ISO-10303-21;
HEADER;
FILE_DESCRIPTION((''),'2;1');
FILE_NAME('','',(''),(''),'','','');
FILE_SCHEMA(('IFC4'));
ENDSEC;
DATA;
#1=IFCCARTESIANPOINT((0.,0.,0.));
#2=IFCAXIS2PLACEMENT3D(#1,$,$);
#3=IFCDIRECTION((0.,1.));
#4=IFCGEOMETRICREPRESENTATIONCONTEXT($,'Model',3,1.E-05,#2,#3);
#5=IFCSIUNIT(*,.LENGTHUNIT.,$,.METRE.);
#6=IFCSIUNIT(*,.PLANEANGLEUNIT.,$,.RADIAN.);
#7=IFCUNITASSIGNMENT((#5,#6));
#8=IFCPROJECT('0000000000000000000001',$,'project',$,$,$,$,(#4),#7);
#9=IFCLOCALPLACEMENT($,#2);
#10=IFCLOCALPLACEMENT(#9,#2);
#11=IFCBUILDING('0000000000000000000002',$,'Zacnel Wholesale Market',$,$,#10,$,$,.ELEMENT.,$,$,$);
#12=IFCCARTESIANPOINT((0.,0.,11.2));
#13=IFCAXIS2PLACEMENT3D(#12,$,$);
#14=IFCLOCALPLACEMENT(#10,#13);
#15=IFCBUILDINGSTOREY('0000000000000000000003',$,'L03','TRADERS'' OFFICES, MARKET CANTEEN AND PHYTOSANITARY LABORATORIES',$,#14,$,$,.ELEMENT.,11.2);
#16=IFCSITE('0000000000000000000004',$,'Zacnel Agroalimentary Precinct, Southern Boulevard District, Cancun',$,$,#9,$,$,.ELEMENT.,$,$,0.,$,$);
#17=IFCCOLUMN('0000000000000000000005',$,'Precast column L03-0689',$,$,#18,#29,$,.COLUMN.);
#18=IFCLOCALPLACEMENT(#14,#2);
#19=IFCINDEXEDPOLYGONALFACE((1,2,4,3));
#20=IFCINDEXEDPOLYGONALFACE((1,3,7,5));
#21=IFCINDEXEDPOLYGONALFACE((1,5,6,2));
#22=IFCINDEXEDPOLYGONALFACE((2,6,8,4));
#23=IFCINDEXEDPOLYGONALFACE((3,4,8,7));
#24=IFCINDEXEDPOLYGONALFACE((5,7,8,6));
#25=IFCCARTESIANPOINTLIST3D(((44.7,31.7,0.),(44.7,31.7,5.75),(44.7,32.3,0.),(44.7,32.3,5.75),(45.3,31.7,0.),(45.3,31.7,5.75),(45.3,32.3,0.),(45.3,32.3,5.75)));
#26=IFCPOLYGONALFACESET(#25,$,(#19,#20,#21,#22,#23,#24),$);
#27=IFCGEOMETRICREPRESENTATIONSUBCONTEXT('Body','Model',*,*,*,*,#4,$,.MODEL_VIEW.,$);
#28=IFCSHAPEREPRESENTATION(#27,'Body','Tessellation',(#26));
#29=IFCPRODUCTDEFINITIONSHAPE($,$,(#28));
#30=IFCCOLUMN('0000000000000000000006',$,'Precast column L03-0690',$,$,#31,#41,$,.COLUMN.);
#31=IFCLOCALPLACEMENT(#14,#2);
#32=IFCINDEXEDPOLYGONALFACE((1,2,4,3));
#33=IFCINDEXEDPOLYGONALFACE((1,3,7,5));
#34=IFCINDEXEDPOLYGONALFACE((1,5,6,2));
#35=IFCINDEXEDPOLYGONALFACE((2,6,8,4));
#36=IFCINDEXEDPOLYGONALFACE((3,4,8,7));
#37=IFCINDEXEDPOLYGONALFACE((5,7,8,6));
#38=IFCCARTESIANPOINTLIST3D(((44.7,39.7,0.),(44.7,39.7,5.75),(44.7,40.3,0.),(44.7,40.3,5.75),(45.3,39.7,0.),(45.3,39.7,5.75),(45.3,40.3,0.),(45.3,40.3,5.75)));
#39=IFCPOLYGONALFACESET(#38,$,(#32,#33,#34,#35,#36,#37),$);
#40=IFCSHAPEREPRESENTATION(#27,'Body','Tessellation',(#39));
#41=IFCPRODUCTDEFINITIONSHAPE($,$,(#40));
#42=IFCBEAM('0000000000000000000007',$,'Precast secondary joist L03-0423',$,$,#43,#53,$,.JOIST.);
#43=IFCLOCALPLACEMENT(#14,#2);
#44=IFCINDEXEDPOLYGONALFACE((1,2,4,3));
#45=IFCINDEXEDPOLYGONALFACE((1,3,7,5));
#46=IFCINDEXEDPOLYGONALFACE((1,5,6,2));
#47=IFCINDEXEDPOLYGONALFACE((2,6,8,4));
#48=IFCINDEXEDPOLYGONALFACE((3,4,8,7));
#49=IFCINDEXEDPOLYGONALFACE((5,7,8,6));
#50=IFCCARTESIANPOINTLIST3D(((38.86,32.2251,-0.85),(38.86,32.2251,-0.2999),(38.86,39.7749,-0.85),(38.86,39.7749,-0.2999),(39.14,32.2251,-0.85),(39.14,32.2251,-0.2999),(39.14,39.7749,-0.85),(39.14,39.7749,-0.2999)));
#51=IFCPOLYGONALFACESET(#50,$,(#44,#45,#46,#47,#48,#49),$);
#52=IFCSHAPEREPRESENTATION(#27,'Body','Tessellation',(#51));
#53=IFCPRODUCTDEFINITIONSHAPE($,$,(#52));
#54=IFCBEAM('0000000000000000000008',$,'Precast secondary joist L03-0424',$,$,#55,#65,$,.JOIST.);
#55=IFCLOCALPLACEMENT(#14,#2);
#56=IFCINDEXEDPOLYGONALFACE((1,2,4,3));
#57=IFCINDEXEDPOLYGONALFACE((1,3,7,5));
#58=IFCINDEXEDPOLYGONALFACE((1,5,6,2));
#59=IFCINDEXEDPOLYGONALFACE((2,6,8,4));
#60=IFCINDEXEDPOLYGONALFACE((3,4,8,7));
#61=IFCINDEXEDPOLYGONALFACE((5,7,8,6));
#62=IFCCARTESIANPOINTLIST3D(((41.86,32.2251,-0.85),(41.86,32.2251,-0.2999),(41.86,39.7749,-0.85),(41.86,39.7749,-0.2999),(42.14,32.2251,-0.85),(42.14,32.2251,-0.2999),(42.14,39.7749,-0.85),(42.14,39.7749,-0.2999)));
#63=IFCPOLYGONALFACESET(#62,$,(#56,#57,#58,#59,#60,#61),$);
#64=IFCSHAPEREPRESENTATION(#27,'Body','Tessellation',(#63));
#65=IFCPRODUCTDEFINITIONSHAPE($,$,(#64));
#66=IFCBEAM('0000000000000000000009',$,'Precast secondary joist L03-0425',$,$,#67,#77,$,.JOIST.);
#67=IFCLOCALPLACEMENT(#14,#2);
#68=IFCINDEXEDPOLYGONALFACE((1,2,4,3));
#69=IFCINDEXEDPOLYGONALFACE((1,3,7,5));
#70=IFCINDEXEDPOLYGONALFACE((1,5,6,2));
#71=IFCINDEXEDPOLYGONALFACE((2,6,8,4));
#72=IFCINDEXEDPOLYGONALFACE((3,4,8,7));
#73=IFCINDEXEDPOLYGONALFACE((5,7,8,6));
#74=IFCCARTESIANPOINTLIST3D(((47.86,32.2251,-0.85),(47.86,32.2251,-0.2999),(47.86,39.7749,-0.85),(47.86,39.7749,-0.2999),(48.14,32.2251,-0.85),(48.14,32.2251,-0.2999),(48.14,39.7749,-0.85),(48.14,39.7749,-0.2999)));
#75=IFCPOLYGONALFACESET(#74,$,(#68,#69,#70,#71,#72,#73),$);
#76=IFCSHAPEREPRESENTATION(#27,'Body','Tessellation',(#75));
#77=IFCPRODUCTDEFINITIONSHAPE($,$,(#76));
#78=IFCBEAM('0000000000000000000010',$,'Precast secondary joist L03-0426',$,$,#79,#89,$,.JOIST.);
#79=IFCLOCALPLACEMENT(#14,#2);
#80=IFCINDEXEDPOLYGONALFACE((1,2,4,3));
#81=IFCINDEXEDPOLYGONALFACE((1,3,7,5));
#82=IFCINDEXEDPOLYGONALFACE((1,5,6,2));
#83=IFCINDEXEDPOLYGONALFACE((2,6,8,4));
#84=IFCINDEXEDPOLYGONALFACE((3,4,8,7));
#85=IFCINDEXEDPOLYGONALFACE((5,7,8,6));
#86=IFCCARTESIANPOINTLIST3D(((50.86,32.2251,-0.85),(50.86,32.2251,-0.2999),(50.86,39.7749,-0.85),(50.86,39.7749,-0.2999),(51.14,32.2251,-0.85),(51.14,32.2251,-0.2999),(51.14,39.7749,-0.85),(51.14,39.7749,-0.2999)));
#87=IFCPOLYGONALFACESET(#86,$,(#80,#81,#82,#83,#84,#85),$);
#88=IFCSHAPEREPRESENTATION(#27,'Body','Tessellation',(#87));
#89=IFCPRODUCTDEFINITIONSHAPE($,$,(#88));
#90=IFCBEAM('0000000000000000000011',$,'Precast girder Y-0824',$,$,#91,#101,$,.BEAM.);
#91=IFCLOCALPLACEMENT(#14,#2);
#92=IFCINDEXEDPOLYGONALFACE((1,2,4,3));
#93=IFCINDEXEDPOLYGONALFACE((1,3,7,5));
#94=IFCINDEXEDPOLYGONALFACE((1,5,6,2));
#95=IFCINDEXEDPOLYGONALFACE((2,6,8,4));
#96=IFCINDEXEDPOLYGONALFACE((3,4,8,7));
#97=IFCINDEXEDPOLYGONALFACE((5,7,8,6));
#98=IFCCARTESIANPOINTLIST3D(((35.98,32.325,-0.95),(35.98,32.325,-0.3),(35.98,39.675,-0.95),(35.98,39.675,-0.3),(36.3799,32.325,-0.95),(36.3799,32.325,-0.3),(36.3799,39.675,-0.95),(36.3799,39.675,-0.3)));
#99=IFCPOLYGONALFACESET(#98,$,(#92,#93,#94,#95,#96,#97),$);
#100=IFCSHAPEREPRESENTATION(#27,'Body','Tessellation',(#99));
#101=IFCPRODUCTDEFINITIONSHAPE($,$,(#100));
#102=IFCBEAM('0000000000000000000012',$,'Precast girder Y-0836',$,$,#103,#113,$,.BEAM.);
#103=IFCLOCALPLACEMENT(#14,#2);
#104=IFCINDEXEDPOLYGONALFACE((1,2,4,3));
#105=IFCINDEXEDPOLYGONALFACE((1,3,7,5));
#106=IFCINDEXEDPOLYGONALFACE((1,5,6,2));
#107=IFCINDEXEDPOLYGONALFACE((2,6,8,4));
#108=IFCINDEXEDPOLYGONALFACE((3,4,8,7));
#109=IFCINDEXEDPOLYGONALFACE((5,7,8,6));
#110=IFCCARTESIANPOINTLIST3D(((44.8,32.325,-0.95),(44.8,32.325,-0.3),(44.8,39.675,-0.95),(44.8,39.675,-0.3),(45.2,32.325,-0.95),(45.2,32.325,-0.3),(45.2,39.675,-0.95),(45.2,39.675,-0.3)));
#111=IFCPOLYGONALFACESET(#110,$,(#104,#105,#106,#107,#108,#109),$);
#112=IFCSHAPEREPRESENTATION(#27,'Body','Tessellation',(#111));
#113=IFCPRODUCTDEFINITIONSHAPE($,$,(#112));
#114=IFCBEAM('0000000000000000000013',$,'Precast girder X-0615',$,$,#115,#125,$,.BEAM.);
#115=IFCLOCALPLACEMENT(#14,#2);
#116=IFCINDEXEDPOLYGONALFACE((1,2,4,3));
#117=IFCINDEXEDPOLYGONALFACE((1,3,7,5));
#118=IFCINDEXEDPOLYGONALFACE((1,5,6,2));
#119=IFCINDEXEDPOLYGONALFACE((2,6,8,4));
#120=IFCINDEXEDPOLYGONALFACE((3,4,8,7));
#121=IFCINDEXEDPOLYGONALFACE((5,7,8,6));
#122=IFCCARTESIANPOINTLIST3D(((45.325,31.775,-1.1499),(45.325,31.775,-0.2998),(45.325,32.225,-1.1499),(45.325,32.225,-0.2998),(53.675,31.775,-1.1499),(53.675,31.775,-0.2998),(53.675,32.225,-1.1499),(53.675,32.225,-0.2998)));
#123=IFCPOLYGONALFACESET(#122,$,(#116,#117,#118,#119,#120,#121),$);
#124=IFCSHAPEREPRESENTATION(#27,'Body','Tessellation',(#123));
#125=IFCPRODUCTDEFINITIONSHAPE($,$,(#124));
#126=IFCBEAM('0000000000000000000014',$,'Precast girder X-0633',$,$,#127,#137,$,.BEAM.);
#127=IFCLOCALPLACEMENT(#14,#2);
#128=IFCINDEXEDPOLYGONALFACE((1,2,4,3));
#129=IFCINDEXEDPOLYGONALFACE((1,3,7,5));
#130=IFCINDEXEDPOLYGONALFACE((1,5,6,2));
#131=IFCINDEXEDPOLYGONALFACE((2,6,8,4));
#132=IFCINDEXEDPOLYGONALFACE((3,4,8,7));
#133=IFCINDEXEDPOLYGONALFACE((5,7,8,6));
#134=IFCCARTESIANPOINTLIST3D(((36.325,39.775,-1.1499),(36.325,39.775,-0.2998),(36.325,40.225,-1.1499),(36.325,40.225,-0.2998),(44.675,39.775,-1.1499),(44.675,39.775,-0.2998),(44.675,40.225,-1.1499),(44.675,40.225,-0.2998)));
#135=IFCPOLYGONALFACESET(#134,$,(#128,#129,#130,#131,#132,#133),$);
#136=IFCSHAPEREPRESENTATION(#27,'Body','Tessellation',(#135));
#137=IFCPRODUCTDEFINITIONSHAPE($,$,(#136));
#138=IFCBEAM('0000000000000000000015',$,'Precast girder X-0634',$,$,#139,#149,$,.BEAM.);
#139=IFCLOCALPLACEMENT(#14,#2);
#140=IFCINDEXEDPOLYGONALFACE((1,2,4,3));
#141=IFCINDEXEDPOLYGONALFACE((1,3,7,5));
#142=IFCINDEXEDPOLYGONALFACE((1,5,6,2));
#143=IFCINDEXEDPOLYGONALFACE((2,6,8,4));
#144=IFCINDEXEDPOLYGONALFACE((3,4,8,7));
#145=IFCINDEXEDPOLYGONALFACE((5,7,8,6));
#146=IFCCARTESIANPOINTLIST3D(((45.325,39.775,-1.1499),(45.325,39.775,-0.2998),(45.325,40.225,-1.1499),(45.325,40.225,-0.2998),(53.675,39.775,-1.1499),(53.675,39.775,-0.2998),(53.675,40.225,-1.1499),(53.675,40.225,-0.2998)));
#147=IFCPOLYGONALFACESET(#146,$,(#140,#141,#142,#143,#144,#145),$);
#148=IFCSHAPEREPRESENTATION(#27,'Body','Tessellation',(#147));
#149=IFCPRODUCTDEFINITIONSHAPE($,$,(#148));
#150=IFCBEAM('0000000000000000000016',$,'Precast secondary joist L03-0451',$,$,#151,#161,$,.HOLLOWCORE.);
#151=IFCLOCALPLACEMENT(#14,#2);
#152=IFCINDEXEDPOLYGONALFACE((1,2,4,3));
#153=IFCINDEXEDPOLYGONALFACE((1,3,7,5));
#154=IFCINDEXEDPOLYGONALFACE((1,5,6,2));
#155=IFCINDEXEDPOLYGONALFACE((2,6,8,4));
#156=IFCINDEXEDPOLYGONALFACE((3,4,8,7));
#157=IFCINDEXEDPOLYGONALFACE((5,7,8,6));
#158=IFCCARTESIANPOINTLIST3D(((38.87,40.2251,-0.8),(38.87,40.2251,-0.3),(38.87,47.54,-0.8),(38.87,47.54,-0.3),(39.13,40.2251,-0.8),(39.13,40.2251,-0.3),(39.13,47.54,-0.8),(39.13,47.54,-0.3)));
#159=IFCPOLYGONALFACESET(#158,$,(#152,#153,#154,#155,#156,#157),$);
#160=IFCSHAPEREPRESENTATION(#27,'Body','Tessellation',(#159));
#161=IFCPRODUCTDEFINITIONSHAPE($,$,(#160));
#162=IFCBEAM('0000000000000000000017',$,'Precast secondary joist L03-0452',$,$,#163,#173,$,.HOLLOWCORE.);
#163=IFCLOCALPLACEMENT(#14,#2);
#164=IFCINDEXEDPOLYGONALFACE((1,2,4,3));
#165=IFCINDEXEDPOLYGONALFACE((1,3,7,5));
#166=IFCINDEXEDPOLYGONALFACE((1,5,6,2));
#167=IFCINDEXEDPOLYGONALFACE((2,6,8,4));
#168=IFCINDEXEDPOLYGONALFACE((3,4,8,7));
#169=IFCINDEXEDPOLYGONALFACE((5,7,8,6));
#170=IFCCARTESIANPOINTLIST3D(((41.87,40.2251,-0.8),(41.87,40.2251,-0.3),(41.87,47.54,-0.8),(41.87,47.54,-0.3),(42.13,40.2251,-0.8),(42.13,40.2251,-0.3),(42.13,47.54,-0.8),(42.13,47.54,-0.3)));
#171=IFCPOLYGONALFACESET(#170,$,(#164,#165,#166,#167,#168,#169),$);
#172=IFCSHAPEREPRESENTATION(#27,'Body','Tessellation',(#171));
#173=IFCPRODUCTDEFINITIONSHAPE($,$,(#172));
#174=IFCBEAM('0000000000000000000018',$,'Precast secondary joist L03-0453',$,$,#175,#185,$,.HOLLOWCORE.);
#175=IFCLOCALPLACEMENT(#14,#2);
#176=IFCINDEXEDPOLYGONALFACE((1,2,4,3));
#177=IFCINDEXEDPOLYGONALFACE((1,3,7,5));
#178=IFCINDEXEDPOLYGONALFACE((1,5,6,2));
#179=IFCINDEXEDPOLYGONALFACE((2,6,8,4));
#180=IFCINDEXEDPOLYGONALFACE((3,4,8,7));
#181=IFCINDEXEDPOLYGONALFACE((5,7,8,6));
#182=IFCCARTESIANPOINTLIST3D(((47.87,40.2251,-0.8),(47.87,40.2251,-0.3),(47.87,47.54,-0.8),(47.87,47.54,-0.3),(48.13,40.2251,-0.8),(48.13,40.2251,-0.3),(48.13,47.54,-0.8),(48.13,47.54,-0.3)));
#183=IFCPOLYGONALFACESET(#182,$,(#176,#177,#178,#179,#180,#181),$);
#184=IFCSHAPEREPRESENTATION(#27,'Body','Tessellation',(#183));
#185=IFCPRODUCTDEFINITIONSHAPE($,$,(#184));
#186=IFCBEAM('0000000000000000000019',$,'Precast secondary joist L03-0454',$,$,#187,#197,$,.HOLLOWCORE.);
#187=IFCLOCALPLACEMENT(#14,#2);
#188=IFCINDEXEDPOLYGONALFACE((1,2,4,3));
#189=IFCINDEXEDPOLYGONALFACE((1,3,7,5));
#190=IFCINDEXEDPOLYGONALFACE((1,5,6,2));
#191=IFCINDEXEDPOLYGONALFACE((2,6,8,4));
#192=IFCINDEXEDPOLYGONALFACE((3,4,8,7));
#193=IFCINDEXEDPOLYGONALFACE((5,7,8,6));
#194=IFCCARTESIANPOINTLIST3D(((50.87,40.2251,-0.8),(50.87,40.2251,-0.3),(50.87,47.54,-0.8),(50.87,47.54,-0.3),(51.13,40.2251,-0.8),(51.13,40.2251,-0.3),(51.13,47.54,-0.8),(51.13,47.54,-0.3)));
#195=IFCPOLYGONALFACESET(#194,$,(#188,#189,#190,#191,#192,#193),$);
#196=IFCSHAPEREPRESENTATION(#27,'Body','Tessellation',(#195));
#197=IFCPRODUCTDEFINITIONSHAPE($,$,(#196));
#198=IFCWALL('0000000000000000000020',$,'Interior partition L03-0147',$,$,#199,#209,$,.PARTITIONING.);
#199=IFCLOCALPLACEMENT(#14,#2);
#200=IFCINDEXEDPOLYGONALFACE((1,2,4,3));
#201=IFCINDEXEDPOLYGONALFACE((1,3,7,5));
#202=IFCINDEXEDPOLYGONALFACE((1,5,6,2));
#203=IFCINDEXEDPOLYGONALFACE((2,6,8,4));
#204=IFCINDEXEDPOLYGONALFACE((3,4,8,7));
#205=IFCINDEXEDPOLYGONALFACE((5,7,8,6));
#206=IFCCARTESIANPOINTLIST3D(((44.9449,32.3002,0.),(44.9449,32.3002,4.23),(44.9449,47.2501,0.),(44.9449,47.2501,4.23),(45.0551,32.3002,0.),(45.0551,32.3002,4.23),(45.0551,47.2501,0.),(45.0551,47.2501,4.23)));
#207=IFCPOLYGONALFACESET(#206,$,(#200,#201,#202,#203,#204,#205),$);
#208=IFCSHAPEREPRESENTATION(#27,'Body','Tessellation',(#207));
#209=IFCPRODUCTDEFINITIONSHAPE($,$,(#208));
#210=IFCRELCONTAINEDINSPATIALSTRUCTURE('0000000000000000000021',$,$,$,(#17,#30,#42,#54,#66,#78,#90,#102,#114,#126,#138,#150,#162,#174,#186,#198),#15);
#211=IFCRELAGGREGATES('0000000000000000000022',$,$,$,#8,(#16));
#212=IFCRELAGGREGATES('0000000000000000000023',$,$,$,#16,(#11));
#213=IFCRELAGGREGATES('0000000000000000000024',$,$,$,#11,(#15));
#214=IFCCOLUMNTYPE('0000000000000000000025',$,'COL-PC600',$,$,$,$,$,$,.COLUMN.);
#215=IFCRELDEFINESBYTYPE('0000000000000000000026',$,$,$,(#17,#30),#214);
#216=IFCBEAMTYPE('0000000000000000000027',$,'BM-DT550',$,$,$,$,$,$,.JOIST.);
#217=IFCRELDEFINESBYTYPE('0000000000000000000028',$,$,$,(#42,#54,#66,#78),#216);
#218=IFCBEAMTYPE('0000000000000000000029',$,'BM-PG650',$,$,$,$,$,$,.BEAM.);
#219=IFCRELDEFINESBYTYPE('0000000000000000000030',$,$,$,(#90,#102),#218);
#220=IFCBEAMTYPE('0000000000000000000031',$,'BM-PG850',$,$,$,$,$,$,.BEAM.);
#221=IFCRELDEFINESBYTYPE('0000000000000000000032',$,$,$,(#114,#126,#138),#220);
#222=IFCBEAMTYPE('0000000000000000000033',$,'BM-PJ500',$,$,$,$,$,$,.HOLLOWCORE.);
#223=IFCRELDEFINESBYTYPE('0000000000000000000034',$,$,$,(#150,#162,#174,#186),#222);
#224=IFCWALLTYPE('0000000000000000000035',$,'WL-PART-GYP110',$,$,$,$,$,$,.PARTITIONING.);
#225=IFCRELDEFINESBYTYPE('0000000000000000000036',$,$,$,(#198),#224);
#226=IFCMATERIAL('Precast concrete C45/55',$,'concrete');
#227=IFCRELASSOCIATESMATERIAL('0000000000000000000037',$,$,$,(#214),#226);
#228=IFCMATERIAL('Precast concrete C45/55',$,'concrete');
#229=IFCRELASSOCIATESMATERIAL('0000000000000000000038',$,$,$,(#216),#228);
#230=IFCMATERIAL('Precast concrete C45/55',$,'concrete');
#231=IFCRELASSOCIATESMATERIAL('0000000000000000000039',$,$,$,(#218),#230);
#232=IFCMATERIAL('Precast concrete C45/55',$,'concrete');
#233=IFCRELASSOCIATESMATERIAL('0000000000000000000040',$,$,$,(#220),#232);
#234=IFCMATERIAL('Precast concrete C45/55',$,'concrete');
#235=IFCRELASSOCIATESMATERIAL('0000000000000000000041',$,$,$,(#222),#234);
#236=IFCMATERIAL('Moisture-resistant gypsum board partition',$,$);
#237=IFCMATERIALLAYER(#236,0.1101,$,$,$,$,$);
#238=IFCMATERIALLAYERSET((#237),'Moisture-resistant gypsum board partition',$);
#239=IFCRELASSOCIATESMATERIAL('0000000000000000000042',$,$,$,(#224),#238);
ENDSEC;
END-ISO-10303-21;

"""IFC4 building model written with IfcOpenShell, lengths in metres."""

from ifc_helpers import new_model, si_unit, direction, frame, frame_2d, origin, origin_2d, place, context, subcontext, project, spatial, rectangle, extrude, material, layer, layer_set, material_profile, profile_set, type_object, element, save


model = new_model("IFC4")

# Units and contexts
model_context = context("Model", 3, precision=1e-05, world=origin(), true_north=direction((0.0, 1.0)))
body_context = subcontext(model_context, "Body", "Model", "MODEL_VIEW")
ifc_project = project(units=[si_unit("LENGTHUNIT", "METRE"), si_unit("PLANEANGLEUNIT", "RADIAN")], contexts=[model_context])

# Site, building, storey
site_placement = place(None, origin())
site = spatial("IfcSite", under=ifc_project, at=site_placement, Name="Zacnel Agroalimentary Precinct, Southern Boulevard District, Cancun", CompositionType="ELEMENT", RefElevation=0.0)
building_placement = place(site_placement, origin())
building = spatial("IfcBuilding", under=site, at=building_placement, Name="Zacnel Wholesale Market", CompositionType="ELEMENT")
storey_placement = place(building_placement, frame((0.0, 0.0, 11.2)))
storey = spatial("IfcBuildingStorey", under=building, at=storey_placement, Name="L03", Description="TRADERS' OFFICES, MARKET CANTEEN AND PHYTOSANITARY LABORATORIES", CompositionType="ELEMENT", Elevation=11.2)

# Columns
ifc_material_1 = material(Name="Precast concrete C45/55", Category="concrete")
ifc_material_profile_1 = material_profile(ifc_material_1, rectangle(XDim=0.6001, YDim=0.6001, at=origin_2d()), Name="PC 600x600")
ifc_profile_set_1 = profile_set([ifc_material_profile_1], Name="Precast concrete C45/55")
column_type = type_object("IfcColumnType", Name="COL-PC600", PredefinedType="COLUMN", material=ifc_profile_set_1)
for number, where, z_axis, x_axis, name in (
    (1, (45.0, 32.0, 0.0), (0.0, 0.0, 1.0), (1.0, 0.0, 0.0), "Precast column L03-0689"),
    (2, (45.0, 40.0, 0.0), (0.0, 0.0, 1.0), (1.0, 0.0, 0.0), "Precast column L03-0690"),
):
    element("IfcColumn", number, at=place(storey_placement, frame(where, z_axis=z_axis, x_axis=x_axis)), inside=storey, type_object=column_type, Name=name, PredefinedType="COLUMN", context=body_context, shape_type="SweptSolid", body=[
        extrude(rectangle(XDim=0.6001, YDim=0.6001, at=origin_2d()), origin(), (0.0, 0.0, 1.0), 5.75),
    ])

# Beams
ifc_material_2 = material(Name="Precast concrete C45/55", Category="concrete")
ifc_material_profile_2 = material_profile(ifc_material_2, rectangle(XDim=0.28, YDim=0.55, at=origin_2d()), Name="DT RIB 280x550")
ifc_profile_set_2 = profile_set([ifc_material_profile_2], Name="Precast concrete C45/55")
beam_type_1 = type_object("IfcBeamType", Name="BM-DT550", PredefinedType="JOIST", material=ifc_profile_set_2)
for number, where, z_axis, x_axis, name in (
    (3, (39.0, 32.2251, -0.575), (0.0, 1.0, 0.0), (-1.0, 0.0, 0.0), "Precast secondary joist L03-0423"),
    (4, (42.0, 32.2251, -0.575), (0.0, 1.0, 0.0), (-1.0, 0.0, 0.0), "Precast secondary joist L03-0424"),
    (5, (48.0, 32.2251, -0.575), (0.0, 1.0, 0.0), (-1.0, 0.0, 0.0), "Precast secondary joist L03-0425"),
    (6, (51.0, 32.2251, -0.575), (0.0, 1.0, 0.0), (-1.0, 0.0, 0.0), "Precast secondary joist L03-0426"),
):
    element("IfcBeam", number, at=place(storey_placement, frame(where, z_axis=z_axis, x_axis=x_axis)), inside=storey, type_object=beam_type_1, Name=name, PredefinedType="JOIST", context=body_context, shape_type="SweptSolid", body=[
        extrude(rectangle(XDim=0.28, YDim=0.55, at=origin_2d()), origin(), (0.0, 0.0, 1.0), 7.5498),
    ])
ifc_material_3 = material(Name="Precast concrete C45/55", Category="concrete")
ifc_material_profile_3 = material_profile(ifc_material_3, rectangle(XDim=0.3999, YDim=0.6499, at=origin_2d()), Name="PG 400x650")
ifc_profile_set_3 = profile_set([ifc_material_profile_3], Name="Precast concrete C45/55")
beam_type_2 = type_object("IfcBeamType", Name="BM-PG650", PredefinedType="BEAM", material=ifc_profile_set_3)
for number, where, z_axis, x_axis, name in (
    (7, (36.1799, 32.325, -0.625), (0.0, 1.0, 0.0), (-1.0, 0.0, 0.0), "Precast girder Y-0824"),
    (8, (45.0, 32.325, -0.625), (0.0, 1.0, 0.0), (-1.0, 0.0, 0.0), "Precast girder Y-0836"),
):
    element("IfcBeam", number, at=place(storey_placement, frame(where, z_axis=z_axis, x_axis=x_axis)), inside=storey, type_object=beam_type_2, Name=name, PredefinedType="BEAM", context=body_context, shape_type="SweptSolid", body=[
        extrude(rectangle(XDim=0.3999, YDim=0.6499, at=origin_2d()), origin(), (0.0, 0.0, 1.0), 7.3501),
    ])
ifc_material_4 = material(Name="Precast concrete C45/55", Category="concrete")
ifc_material_profile_4 = material_profile(ifc_material_4, rectangle(XDim=0.45, YDim=0.8501, at=origin_2d()), Name="PG 450x850")
ifc_profile_set_4 = profile_set([ifc_material_profile_4], Name="Precast concrete C45/55")
beam_type_3 = type_object("IfcBeamType", Name="BM-PG850", PredefinedType="BEAM", material=ifc_profile_set_4)
for number, where, z_axis, x_axis, name in (
    (9, (45.325, 32.0, -0.7249), (1.0, 0.0, 0.0), (0.0, 1.0, 0.0), "Precast girder X-0615"),
    (10, (36.325, 40.0, -0.7249), (1.0, 0.0, 0.0), (0.0, 1.0, 0.0), "Precast girder X-0633"),
    (11, (45.325, 40.0, -0.7249), (1.0, 0.0, 0.0), (0.0, 1.0, 0.0), "Precast girder X-0634"),
):
    element("IfcBeam", number, at=place(storey_placement, frame(where, z_axis=z_axis, x_axis=x_axis)), inside=storey, type_object=beam_type_3, Name=name, PredefinedType="BEAM", context=body_context, shape_type="SweptSolid", body=[
        extrude(rectangle(XDim=0.45, YDim=0.8501, at=origin_2d()), origin(), (0.0, 0.0, 1.0), 8.3501),
    ])
ifc_material_5 = material(Name="Precast concrete C45/55", Category="concrete")
ifc_material_profile_5 = material_profile(ifc_material_5, rectangle(XDim=0.26, YDim=0.5, at=origin_2d()), Name="PJ 260x500")
ifc_profile_set_5 = profile_set([ifc_material_profile_5], Name="Precast concrete C45/55")
beam_type_4 = type_object("IfcBeamType", Name="BM-PJ500", PredefinedType="HOLLOWCORE", material=ifc_profile_set_5)
for number, where, z_axis, x_axis, name in (
    (12, (39.0, 40.2251, -0.55), (0.0, 1.0, 0.0), (-1.0, 0.0, 0.0), "Precast secondary joist L03-0451"),
    (13, (42.0, 40.2251, -0.55), (0.0, 1.0, 0.0), (-1.0, 0.0, 0.0), "Precast secondary joist L03-0452"),
    (14, (48.0, 40.2251, -0.55), (0.0, 1.0, 0.0), (-1.0, 0.0, 0.0), "Precast secondary joist L03-0453"),
    (15, (51.0, 40.2251, -0.55), (0.0, 1.0, 0.0), (-1.0, 0.0, 0.0), "Precast secondary joist L03-0454"),
):
    element("IfcBeam", number, at=place(storey_placement, frame(where, z_axis=z_axis, x_axis=x_axis)), inside=storey, type_object=beam_type_4, Name=name, PredefinedType="HOLLOWCORE", context=body_context, shape_type="SweptSolid", body=[
        extrude(rectangle(XDim=0.26, YDim=0.5, at=origin_2d()), origin(), (0.0, 0.0, 1.0), 7.3149),
    ])

# Wall
ifc_material_6 = material(Name="Moisture-resistant gypsum board partition")
ifc_layer_1 = layer(ifc_material_6, 0.1101)
ifc_layer_set_1 = layer_set([ifc_layer_1], Name="Moisture-resistant gypsum board partition")
wall_type_1 = type_object("IfcWallType", Name="WL-PART-GYP110", PredefinedType="PARTITIONING", material=ifc_layer_set_1)
wall_1_placement = place(storey_placement, frame((45.0, 32.3, 0.0), z_axis=(0.0, 0.0, 1.0), x_axis=(0.0, 1.0, 0.0)))
element("IfcWall", 16, at=wall_1_placement, inside=storey, type_object=wall_type_1, Name="Interior partition L03-0147", PredefinedType="PARTITIONING", context=body_context, shape_type="SweptSolid", body=[
    extrude(rectangle(XDim=14.95, YDim=0.1101, at=frame_2d((7.4751, 0.0))), origin(), (0.0, 0.0, 1.0), 4.23),
])

save(model, "model.ifc")
